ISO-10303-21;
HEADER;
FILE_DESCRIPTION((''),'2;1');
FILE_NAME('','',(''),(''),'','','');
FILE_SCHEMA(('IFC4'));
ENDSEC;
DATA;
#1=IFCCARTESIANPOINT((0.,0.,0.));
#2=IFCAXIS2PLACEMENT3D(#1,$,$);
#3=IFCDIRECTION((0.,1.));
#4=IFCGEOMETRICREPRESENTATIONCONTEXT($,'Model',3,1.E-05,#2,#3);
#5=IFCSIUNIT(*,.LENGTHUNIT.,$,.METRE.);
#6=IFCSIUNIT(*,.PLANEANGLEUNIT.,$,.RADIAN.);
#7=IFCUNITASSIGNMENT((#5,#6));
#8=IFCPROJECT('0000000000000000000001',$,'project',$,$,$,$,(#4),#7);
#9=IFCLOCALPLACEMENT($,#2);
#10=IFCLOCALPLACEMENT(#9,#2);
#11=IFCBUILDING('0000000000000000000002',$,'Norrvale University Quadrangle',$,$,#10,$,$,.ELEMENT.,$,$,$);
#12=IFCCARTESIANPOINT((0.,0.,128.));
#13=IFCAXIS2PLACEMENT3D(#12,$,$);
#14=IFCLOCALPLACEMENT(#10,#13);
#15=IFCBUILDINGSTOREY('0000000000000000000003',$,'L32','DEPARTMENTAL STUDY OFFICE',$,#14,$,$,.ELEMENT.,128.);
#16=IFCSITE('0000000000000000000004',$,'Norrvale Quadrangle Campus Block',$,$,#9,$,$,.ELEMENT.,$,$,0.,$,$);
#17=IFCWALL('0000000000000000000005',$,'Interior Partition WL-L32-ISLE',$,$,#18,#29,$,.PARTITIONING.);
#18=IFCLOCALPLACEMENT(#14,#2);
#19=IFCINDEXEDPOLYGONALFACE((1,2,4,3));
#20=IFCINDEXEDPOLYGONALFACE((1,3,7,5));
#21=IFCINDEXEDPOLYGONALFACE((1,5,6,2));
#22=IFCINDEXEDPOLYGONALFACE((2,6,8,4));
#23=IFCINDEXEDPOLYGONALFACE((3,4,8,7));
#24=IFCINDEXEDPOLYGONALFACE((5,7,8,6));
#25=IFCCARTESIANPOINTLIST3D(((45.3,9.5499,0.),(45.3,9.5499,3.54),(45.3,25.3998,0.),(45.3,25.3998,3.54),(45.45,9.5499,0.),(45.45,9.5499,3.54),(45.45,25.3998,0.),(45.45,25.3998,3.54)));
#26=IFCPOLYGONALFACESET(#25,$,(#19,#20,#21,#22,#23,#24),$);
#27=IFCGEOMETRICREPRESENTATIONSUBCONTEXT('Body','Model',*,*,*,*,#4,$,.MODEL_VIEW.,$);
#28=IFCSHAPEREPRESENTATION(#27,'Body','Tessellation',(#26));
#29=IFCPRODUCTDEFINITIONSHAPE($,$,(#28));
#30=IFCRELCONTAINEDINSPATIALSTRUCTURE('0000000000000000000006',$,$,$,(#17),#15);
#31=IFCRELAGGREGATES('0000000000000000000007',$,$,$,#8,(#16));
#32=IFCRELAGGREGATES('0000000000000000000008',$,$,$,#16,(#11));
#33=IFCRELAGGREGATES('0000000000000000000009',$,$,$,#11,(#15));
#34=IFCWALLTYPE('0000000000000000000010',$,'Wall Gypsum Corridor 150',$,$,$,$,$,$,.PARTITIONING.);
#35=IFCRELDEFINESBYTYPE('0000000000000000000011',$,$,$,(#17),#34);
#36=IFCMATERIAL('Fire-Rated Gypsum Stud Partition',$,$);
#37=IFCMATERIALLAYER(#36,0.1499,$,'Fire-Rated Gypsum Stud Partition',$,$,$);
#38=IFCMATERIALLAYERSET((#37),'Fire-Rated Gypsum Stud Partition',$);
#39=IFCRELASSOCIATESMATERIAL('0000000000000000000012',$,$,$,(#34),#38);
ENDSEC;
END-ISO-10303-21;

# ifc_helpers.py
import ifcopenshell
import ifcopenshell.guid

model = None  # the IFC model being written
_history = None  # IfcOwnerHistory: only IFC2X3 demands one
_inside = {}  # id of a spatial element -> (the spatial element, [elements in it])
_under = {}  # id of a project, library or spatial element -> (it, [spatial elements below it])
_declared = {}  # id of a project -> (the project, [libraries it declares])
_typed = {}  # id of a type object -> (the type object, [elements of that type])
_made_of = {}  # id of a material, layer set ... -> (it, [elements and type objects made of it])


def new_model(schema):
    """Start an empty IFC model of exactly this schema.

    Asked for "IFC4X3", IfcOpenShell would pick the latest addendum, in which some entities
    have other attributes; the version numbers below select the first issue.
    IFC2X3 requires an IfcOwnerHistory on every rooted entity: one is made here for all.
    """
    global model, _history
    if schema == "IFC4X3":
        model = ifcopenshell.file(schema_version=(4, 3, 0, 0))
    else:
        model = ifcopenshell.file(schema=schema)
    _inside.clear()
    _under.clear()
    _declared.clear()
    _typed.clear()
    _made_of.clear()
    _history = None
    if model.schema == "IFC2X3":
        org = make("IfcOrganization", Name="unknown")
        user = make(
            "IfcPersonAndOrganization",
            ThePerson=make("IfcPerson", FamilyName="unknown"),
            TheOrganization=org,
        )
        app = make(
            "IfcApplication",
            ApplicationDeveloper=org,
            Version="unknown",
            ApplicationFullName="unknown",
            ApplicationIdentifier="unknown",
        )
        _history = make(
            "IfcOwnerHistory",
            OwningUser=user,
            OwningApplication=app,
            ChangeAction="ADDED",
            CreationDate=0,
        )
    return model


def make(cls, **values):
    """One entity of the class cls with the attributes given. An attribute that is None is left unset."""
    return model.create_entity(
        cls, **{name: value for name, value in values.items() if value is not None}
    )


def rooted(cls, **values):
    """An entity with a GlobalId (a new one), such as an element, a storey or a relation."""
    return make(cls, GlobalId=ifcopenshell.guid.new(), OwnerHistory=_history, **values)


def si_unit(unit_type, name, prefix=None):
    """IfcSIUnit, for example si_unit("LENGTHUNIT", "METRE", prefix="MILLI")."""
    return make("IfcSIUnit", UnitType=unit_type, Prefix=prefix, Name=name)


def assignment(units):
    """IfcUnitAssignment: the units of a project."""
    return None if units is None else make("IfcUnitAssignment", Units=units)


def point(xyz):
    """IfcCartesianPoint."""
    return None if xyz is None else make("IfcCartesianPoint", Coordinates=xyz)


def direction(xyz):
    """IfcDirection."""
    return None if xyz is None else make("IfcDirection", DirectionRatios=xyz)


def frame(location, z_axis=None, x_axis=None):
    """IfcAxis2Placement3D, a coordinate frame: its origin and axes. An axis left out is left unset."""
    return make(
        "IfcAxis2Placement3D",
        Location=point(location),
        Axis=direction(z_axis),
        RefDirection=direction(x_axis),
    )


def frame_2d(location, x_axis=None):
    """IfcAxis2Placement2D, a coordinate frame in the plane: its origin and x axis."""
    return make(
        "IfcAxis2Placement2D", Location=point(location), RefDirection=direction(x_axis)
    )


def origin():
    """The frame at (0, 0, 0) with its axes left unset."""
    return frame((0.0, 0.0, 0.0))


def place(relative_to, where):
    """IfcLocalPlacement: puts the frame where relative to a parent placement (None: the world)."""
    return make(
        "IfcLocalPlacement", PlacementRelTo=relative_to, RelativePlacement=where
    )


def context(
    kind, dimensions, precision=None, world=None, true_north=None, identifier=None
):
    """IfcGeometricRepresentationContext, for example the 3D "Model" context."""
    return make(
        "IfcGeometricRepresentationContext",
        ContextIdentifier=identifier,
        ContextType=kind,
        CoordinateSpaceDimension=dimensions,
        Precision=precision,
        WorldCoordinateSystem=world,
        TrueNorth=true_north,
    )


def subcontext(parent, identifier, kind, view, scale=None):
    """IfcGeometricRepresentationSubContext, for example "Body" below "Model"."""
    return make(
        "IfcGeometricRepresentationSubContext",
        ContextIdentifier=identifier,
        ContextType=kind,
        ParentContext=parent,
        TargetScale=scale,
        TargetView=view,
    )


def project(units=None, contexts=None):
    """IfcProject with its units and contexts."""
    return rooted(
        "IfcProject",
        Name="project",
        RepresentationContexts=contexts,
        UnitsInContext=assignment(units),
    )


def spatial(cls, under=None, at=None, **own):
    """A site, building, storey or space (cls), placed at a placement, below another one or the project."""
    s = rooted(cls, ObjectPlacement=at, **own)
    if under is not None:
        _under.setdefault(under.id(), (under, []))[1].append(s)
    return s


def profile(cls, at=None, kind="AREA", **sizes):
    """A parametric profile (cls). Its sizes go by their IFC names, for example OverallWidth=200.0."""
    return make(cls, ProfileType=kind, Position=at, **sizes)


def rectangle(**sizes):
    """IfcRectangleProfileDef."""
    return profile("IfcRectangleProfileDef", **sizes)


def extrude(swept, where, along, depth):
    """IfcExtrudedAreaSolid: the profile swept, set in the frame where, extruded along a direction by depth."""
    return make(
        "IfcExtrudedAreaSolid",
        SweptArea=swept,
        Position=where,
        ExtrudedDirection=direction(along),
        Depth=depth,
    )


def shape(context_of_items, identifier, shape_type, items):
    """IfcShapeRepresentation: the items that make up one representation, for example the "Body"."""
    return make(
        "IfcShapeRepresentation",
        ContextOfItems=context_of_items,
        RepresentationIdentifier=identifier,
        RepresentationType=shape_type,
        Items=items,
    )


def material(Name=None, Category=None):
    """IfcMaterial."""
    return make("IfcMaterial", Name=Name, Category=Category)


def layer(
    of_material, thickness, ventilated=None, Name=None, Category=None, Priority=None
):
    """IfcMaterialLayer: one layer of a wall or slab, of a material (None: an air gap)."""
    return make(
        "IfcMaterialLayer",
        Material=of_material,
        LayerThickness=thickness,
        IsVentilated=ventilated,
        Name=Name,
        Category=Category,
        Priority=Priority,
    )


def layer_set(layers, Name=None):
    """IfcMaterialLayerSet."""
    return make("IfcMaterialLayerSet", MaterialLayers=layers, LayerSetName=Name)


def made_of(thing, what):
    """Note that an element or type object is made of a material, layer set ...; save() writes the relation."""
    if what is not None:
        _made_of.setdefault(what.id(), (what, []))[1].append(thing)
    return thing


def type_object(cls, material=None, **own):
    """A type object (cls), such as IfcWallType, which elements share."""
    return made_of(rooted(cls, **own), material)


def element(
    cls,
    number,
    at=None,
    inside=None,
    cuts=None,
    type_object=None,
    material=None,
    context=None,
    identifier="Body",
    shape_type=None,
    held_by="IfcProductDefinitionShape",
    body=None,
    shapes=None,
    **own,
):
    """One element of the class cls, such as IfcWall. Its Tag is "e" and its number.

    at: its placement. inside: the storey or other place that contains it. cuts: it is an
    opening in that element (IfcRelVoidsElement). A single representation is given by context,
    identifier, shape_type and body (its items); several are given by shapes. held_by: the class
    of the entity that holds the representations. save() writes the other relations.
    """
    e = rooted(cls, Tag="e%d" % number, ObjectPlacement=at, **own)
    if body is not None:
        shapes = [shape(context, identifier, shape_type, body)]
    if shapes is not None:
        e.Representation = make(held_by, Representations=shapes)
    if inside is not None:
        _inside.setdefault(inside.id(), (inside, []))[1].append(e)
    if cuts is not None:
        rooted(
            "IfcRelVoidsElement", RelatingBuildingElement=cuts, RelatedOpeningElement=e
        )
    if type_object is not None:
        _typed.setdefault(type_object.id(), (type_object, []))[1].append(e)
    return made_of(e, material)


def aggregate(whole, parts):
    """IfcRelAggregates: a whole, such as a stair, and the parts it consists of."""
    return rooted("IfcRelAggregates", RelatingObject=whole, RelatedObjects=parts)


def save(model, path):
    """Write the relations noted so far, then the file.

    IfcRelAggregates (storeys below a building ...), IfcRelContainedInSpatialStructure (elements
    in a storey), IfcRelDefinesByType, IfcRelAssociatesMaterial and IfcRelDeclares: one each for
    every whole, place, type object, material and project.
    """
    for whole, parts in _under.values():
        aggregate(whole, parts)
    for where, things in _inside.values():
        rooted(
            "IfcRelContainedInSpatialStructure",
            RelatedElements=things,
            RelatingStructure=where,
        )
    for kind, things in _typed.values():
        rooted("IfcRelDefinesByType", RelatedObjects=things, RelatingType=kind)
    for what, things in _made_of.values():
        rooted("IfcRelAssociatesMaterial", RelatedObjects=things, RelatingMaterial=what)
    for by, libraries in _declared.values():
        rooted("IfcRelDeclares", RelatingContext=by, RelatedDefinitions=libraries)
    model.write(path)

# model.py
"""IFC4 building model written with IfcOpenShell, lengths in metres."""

from ifc_helpers import new_model, si_unit, direction, frame, frame_2d, origin, place, context, subcontext, project, spatial, rectangle, extrude, material, layer, layer_set, type_object, element, save


model = new_model("IFC4")

# Units and contexts
model_context = context("Model", 3, precision=1e-05, world=origin(), true_north=direction((0.0, 1.0)))
body_context = subcontext(model_context, "Body", "Model", "MODEL_VIEW")
ifc_project = project(units=[si_unit("LENGTHUNIT", "METRE"), si_unit("PLANEANGLEUNIT", "RADIAN")], contexts=[model_context])

# Site, building, storey
site_placement = place(None, origin())
site = spatial("IfcSite", under=ifc_project, at=site_placement, Name="Norrvale Quadrangle Campus Block", CompositionType="ELEMENT", RefElevation=0.0)
building_placement = place(site_placement, origin())
building = spatial("IfcBuilding", under=site, at=building_placement, Name="Norrvale University Quadrangle", CompositionType="ELEMENT")
storey_placement = place(building_placement, frame((0.0, 0.0, 128.0)))
storey = spatial("IfcBuildingStorey", under=building, at=storey_placement, Name="L32", Description="DEPARTMENTAL STUDY OFFICE", CompositionType="ELEMENT", Elevation=128.0)

# Shared definitions
ifc_material_1 = material(Name="Fire-Rated Gypsum Stud Partition")
ifc_layer_1 = layer(ifc_material_1, 0.1499, Name="Fire-Rated Gypsum Stud Partition")
ifc_layer_set_1 = layer_set([ifc_layer_1], Name="Fire-Rated Gypsum Stud Partition")
wall_type_1 = type_object("IfcWallType", Name="Wall Gypsum Corridor 150", PredefinedType="PARTITIONING", material=ifc_layer_set_1)

# Wall
wall_1_placement = place(storey_placement, frame((45.375, 9.55, 0.0), z_axis=(0.0, 0.0, 1.0), x_axis=(0.0, 1.0, 0.0)))
element("IfcWall", 1, at=wall_1_placement, inside=storey, type_object=wall_type_1, Name="Interior Partition WL-L32-ISLE", PredefinedType="PARTITIONING", context=body_context, shape_type="SweptSolid", body=[
    extrude(rectangle(XDim=15.8499, YDim=0.1499, at=frame_2d((7.9248, 0.0))), origin(), (0.0, 0.0, 1.0), 3.54),
])

save(model, "model.ifc")
